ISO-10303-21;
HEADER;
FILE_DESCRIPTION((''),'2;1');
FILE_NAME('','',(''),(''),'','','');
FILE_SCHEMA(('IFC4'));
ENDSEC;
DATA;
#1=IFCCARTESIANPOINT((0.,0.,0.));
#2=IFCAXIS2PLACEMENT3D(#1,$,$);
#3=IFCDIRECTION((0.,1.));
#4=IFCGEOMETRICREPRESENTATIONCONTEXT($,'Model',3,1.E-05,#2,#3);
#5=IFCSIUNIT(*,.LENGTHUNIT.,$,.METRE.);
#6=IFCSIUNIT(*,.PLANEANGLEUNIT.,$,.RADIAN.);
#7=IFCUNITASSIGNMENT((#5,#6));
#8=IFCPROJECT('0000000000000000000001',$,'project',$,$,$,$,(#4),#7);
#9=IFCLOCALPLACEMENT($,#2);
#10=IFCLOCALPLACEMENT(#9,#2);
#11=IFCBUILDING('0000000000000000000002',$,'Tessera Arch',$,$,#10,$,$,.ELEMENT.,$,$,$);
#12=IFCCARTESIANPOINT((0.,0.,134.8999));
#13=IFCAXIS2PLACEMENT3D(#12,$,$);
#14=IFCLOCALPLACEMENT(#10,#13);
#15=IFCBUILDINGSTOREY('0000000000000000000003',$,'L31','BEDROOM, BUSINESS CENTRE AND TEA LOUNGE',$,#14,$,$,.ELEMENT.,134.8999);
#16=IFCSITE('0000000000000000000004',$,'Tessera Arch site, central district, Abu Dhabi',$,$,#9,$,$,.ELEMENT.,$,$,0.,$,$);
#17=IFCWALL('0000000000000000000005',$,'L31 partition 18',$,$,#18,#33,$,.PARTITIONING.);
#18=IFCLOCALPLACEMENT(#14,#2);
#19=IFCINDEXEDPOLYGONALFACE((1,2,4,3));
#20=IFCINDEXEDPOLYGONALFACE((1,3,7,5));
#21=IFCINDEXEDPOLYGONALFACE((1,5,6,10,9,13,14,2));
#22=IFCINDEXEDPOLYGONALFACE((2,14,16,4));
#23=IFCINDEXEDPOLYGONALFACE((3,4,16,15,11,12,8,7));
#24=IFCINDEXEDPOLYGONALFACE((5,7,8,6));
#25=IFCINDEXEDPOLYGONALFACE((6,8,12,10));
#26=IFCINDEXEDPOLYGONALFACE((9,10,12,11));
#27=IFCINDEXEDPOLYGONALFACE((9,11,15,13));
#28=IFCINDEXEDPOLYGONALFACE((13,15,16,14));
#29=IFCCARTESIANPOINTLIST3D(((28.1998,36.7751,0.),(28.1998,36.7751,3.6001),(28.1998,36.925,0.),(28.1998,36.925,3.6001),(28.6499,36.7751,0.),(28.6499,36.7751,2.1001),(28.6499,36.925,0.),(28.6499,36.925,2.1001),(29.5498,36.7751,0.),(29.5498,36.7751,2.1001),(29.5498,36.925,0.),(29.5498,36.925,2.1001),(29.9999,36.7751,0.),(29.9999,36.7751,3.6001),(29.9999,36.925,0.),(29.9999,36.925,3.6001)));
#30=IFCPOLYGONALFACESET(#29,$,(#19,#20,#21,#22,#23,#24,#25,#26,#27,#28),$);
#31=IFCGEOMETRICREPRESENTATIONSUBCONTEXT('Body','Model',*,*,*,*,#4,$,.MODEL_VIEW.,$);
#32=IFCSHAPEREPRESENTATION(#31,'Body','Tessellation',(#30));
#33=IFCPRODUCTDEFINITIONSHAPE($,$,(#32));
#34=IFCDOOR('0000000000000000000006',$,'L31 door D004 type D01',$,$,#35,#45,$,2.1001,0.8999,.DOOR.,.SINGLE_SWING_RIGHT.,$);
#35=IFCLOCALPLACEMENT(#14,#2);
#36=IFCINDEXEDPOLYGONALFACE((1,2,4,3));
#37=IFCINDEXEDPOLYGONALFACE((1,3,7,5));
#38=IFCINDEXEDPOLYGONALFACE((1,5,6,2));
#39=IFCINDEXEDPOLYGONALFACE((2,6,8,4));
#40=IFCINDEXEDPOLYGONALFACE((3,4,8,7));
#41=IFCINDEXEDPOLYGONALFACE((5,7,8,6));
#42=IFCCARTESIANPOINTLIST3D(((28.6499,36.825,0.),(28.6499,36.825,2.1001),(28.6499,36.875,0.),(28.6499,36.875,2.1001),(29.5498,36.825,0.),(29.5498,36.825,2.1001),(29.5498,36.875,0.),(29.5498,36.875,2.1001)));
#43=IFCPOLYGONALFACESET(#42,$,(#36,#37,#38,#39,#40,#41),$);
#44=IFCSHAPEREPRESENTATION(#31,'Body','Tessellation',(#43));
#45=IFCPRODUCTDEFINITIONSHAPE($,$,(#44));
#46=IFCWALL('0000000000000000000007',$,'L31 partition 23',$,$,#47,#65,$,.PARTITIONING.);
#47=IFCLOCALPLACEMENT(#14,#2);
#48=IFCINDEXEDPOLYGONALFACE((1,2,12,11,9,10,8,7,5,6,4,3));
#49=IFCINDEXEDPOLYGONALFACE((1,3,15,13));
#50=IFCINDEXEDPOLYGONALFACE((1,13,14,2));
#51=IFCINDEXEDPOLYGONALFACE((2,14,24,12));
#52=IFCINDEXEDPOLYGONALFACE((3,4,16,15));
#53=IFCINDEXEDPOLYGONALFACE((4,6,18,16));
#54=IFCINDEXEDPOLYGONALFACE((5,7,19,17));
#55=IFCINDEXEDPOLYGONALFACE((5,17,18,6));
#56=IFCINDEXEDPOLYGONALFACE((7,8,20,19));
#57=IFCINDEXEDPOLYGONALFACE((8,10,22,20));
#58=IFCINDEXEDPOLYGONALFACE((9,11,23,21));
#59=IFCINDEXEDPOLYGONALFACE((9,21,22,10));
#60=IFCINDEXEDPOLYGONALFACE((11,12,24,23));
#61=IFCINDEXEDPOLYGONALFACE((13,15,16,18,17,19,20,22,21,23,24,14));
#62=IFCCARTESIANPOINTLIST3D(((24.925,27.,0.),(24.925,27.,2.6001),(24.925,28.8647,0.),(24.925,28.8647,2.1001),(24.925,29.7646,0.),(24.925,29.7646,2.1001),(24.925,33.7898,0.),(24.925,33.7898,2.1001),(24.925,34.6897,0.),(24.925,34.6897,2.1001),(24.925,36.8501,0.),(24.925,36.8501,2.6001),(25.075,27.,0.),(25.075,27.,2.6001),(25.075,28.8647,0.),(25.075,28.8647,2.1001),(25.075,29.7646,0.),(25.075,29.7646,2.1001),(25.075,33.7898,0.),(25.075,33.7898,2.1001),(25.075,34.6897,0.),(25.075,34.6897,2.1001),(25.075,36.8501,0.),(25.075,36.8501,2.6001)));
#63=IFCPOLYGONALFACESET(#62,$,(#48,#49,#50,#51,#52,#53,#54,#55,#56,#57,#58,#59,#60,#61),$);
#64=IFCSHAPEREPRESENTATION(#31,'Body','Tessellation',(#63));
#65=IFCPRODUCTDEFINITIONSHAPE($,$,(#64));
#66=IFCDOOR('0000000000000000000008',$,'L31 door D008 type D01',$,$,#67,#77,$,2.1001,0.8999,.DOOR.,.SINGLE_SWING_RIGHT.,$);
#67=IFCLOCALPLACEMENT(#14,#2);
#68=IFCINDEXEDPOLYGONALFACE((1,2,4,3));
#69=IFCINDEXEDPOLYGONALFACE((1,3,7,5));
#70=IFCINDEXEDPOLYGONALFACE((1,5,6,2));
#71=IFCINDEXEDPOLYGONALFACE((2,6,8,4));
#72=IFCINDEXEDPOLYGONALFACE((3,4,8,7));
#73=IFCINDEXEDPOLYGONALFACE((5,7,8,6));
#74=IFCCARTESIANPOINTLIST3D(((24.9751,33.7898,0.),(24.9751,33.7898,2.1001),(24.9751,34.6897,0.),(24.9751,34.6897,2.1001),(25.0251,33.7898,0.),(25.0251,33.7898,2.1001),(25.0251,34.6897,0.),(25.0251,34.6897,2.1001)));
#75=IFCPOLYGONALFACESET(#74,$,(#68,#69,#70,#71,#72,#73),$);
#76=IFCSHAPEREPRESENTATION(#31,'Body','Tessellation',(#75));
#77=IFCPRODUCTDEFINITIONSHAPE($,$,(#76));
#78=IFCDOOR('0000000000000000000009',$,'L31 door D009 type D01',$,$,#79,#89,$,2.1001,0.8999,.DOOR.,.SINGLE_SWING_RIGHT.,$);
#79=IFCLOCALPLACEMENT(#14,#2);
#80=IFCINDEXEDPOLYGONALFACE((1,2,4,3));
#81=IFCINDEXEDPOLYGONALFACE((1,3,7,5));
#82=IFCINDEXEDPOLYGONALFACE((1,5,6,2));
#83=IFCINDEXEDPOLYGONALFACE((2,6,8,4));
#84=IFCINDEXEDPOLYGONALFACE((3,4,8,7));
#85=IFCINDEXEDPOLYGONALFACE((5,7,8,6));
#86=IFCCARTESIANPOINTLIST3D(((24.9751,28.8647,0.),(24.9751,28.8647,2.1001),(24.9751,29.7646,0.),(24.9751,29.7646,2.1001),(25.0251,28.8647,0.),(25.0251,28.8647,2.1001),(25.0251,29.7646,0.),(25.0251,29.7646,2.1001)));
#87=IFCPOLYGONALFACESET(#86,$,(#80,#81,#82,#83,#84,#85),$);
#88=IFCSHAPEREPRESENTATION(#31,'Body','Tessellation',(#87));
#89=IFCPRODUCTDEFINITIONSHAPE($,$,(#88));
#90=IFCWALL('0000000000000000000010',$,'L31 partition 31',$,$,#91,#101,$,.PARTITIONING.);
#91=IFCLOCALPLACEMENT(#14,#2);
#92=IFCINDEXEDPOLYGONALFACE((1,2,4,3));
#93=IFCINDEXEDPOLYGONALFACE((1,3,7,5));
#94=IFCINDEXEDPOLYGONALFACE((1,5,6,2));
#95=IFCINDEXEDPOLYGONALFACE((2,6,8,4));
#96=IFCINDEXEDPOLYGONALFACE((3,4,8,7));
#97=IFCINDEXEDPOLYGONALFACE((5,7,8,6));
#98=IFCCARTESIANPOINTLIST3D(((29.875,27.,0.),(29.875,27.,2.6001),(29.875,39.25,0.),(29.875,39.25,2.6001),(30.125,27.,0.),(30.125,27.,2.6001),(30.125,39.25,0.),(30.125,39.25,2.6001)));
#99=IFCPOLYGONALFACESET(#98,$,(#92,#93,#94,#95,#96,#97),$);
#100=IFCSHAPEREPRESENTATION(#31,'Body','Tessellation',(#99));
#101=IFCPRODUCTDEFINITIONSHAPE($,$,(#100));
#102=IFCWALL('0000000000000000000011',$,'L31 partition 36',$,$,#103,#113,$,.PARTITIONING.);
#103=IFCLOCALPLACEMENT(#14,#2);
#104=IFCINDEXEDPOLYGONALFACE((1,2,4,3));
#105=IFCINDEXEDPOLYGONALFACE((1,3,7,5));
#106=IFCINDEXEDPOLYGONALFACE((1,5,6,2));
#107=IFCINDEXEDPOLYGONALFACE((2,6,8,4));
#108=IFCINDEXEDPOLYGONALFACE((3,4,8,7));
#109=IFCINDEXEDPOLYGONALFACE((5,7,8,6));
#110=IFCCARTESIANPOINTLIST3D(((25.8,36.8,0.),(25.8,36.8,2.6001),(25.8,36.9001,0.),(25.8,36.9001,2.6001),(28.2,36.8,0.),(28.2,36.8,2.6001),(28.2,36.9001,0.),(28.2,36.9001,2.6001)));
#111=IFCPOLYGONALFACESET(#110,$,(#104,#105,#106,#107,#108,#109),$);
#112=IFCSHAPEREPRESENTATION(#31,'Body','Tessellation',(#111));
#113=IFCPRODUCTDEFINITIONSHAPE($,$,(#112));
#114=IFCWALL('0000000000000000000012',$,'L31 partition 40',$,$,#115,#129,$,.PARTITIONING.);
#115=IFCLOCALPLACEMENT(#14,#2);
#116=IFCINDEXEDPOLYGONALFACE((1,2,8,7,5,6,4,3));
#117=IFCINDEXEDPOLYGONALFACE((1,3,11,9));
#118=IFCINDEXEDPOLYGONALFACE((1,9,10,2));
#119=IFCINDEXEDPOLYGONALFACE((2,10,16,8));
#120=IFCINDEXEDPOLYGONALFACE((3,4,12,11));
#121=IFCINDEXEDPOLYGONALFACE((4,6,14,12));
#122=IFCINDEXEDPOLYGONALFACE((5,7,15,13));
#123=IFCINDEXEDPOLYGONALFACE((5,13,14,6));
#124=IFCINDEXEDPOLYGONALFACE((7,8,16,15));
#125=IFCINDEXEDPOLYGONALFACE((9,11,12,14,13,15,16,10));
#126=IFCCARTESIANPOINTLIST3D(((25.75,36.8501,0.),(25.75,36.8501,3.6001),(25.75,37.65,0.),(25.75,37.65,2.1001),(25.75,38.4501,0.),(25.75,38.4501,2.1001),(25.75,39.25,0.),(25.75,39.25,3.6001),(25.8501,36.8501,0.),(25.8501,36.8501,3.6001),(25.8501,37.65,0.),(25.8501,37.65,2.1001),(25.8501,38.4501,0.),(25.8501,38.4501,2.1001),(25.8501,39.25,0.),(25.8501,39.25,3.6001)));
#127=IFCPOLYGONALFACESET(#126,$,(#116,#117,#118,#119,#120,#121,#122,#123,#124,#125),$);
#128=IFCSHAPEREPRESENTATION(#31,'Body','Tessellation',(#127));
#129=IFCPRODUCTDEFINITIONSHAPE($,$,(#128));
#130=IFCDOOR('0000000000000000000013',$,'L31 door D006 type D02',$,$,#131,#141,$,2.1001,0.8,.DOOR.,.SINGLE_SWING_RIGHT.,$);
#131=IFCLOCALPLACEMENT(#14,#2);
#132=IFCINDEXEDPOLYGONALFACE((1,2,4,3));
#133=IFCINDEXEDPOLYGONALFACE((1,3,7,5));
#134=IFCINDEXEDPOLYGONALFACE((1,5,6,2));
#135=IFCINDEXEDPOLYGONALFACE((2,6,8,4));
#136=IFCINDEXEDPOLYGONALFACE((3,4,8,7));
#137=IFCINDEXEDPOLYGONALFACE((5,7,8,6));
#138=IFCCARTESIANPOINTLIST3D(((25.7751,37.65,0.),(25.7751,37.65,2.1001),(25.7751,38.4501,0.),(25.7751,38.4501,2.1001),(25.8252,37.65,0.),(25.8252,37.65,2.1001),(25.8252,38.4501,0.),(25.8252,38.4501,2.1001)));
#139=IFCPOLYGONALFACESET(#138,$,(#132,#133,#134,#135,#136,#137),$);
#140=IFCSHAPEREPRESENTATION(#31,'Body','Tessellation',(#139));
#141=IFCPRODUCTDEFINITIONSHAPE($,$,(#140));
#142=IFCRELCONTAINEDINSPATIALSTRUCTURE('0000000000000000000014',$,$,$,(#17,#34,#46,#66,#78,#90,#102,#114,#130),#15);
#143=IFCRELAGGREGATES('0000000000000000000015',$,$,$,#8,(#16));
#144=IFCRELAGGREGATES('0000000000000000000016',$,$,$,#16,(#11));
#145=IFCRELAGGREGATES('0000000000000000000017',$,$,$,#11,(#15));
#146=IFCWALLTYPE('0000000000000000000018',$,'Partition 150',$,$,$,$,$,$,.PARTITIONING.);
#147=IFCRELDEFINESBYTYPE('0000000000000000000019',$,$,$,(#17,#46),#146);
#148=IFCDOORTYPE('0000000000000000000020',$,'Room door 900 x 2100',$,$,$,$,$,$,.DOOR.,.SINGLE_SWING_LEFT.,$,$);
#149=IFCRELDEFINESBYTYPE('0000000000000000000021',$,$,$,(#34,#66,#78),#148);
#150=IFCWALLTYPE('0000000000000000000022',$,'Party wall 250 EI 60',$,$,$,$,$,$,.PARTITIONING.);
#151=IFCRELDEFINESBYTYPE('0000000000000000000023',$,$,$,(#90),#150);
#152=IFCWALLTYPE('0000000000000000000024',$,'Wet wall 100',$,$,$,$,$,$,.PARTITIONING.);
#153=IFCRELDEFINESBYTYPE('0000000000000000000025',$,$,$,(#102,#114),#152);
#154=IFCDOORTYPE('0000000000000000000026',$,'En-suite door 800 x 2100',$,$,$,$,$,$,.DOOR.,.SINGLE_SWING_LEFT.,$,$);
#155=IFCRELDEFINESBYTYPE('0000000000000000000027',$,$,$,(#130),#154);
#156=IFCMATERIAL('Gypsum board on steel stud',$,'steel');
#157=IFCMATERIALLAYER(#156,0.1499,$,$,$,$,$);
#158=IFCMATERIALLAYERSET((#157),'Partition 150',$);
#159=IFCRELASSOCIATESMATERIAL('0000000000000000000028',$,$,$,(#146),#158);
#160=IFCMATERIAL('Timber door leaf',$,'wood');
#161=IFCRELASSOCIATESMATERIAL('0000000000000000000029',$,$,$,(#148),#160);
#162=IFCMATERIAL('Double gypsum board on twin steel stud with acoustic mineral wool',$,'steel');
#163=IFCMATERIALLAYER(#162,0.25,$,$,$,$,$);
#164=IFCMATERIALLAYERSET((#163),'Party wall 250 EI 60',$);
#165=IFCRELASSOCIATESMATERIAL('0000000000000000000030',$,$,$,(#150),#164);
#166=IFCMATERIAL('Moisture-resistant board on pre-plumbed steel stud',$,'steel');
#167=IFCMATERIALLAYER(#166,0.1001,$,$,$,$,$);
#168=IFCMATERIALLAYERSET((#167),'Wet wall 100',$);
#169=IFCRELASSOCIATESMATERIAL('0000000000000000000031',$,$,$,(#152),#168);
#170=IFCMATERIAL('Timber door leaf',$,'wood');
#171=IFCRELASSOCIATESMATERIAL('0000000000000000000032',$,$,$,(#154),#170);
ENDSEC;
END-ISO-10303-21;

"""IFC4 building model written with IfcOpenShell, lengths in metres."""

from ifc_helpers import new_model, si_unit, direction, frame, frame_2d, origin, place, context, subcontext, project, spatial, rectangle, extrude, material, layer, layer_set, type_object, element, fill, save


model = new_model("IFC4")

# Units and contexts
model_context = context("Model", 3, precision=1e-05, world=origin(), true_north=direction((0.0, 1.0)))
body_context = subcontext(model_context, "Body", "Model", "MODEL_VIEW")
ifc_project = project(units=[si_unit("LENGTHUNIT", "METRE"), si_unit("PLANEANGLEUNIT", "RADIAN")], contexts=[model_context])

# Site, building, storey
site_placement = place(None, origin())
site = spatial("IfcSite", under=ifc_project, at=site_placement, Name="Tessera Arch site, central district, Abu Dhabi", CompositionType="ELEMENT", RefElevation=0.0)
building_placement = place(site_placement, origin())
building = spatial("IfcBuilding", under=site, at=building_placement, Name="Tessera Arch", CompositionType="ELEMENT")
storey_placement = place(building_placement, frame((0.0, 0.0, 134.8999)))
storey = spatial("IfcBuildingStorey", under=building, at=storey_placement, Name="L31", Description="BEDROOM, BUSINESS CENTRE AND TEA LOUNGE", CompositionType="ELEMENT", Elevation=134.8999)

# Wall, opening, door
ifc_material_1 = material(Name="Gypsum board on steel stud", Category="steel")
ifc_layer_1 = layer(ifc_material_1, 0.1499)
ifc_layer_set_1 = layer_set([ifc_layer_1], Name="Partition 150")
wall_type_1 = type_object("IfcWallType", Name="Partition 150", PredefinedType="PARTITIONING", material=ifc_layer_set_1)
wall_1_placement = place(storey_placement, frame((28.2, 36.8501, 0.0), z_axis=(0.0, 0.0, 1.0), x_axis=(1.0, 0.0, 0.0)))
wall_1 = element("IfcWall", 1, at=wall_1_placement, inside=storey, type_object=wall_type_1, Name="L31 partition 18", PredefinedType="PARTITIONING", context=body_context, shape_type="SweptSolid", body=[
    extrude(rectangle(XDim=1.8, YDim=0.1499, at=frame_2d((0.8999, 0.0))), origin(), (0.0, 0.0, 1.0), 3.6001),
])
opening_1_placement = place(wall_1_placement, frame((0.45, 0.0, 0.0)))
opening_1 = element("IfcOpeningElement", 2, at=opening_1_placement, cuts=wall_1, PredefinedType="OPENING", context=body_context, shape_type="SweptSolid", body=[
    extrude(rectangle(XDim=0.8999, YDim=2.1001, at=frame_2d((0.45, 1.05))), frame((0.0, 0.085, 0.0), z_axis=(0.0, -1.0, 0.0), x_axis=(1.0, 0.0, 0.0)), (0.0, 0.0, 1.0), 0.1699),
])
ifc_material_2 = material(Name="Timber door leaf", Category="wood")
door_type_1 = type_object("IfcDoorType", Name="Room door 900 x 2100", OperationType="SINGLE_SWING_LEFT", PredefinedType="DOOR", material=ifc_material_2)
door_1_placement = place(opening_1_placement, origin())
door_1 = element("IfcDoor", 3, at=door_1_placement, inside=storey, type_object=door_type_1, Name="L31 door D004 type D01", OperationType="SINGLE_SWING_RIGHT", OverallHeight=2.1001, OverallWidth=0.8999, PredefinedType="DOOR", context=body_context, shape_type="SweptSolid", body=[
    extrude(rectangle(XDim=0.8999, YDim=2.1001, at=frame_2d((0.45, 1.05))), frame((0.0, 0.0249, 0.0), z_axis=(0.0, -1.0, 0.0), x_axis=(1.0, 0.0, 0.0)), (0.0, 0.0, 1.0), 0.05),
])
fill(opening_1, door_1)

# Wall, openings, doors
wall_2_placement = place(storey_placement, frame((25.0, 27.0, 0.0), z_axis=(0.0, 0.0, 1.0), x_axis=(0.0, 1.0, 0.0)))
wall_2 = element("IfcWall", 4, at=wall_2_placement, inside=storey, type_object=wall_type_1, Name="L31 partition 23", PredefinedType="PARTITIONING", context=body_context, shape_type="SweptSolid", body=[
    extrude(rectangle(XDim=9.8501, YDim=0.1499, at=frame_2d((4.925, 0.0))), origin(), (0.0, 0.0, 1.0), 2.6001),
])
opening_2_placement = place(wall_2_placement, frame((6.7898, 0.0, 0.0)))
opening_2 = element("IfcOpeningElement", 5, at=opening_2_placement, cuts=wall_2, PredefinedType="OPENING", context=body_context, shape_type="SweptSolid", body=[
    extrude(rectangle(XDim=0.8999, YDim=2.1001, at=frame_2d((0.45, 1.05))), frame((0.0, 0.085, 0.0), z_axis=(0.0, -1.0, 0.0), x_axis=(1.0, 0.0, 0.0)), (0.0, 0.0, 1.0), 0.1699),
])
opening_3_placement = place(wall_2_placement, frame((1.8647, 0.0, 0.0)))
opening_3 = element("IfcOpeningElement", 6, at=opening_3_placement, cuts=wall_2, PredefinedType="OPENING", context=body_context, shape_type="SweptSolid", body=[
    extrude(rectangle(XDim=0.8999, YDim=2.1001, at=frame_2d((0.45, 1.05))), frame((0.0, 0.085, 0.0), z_axis=(0.0, -1.0, 0.0), x_axis=(1.0, 0.0, 0.0)), (0.0, 0.0, 1.0), 0.1699),
])
door_2_placement = place(opening_2_placement, origin())
door_2 = element("IfcDoor", 7, at=door_2_placement, inside=storey, type_object=door_type_1, Name="L31 door D008 type D01", OperationType="SINGLE_SWING_RIGHT", OverallHeight=2.1001, OverallWidth=0.8999, PredefinedType="DOOR", context=body_context, shape_type="SweptSolid", body=[
    extrude(rectangle(XDim=0.8999, YDim=2.1001, at=frame_2d((0.45, 1.05))), frame((0.0, 0.0249, 0.0), z_axis=(0.0, -1.0, 0.0), x_axis=(1.0, 0.0, 0.0)), (0.0, 0.0, 1.0), 0.05),
])
fill(opening_2, door_2)
door_3_placement = place(opening_3_placement, origin())
door_3 = element("IfcDoor", 8, at=door_3_placement, inside=storey, type_object=door_type_1, Name="L31 door D009 type D01", OperationType="SINGLE_SWING_RIGHT", OverallHeight=2.1001, OverallWidth=0.8999, PredefinedType="DOOR", context=body_context, shape_type="SweptSolid", body=[
    extrude(rectangle(XDim=0.8999, YDim=2.1001, at=frame_2d((0.45, 1.05))), frame((0.0, 0.0249, 0.0), z_axis=(0.0, -1.0, 0.0), x_axis=(1.0, 0.0, 0.0)), (0.0, 0.0, 1.0), 0.05),
])
fill(opening_3, door_3)

# Walls
ifc_material_3 = material(Name="Double gypsum board on twin steel stud with acoustic mineral wool", Category="steel")
ifc_layer_2 = layer(ifc_material_3, 0.25)
ifc_layer_set_2 = layer_set([ifc_layer_2], Name="Party wall 250 EI 60")
wall_type_2 = type_object("IfcWallType", Name="Party wall 250 EI 60", PredefinedType="PARTITIONING", material=ifc_layer_set_2)
wall_3_placement = place(storey_placement, frame((30.0, 27.0, 0.0), z_axis=(0.0, 0.0, 1.0), x_axis=(0.0, 1.0, 0.0)))
element("IfcWall", 9, at=wall_3_placement, inside=storey, type_object=wall_type_2, Name="L31 partition 31", PredefinedType="PARTITIONING", context=body_context, shape_type="SweptSolid", body=[
    extrude(rectangle(XDim=12.25, YDim=0.25, at=frame_2d((6.125, 0.0))), origin(), (0.0, 0.0, 1.0), 2.6001),
])
ifc_material_4 = material(Name="Moisture-resistant board on pre-plumbed steel stud", Category="steel")
ifc_layer_3 = layer(ifc_material_4, 0.1001)
ifc_layer_set_3 = layer_set([ifc_layer_3], Name="Wet wall 100")
wall_type_3 = type_object("IfcWallType", Name="Wet wall 100", PredefinedType="PARTITIONING", material=ifc_layer_set_3)
wall_4_placement = place(storey_placement, frame((25.8, 36.8501, 0.0), z_axis=(0.0, 0.0, 1.0), x_axis=(1.0, 0.0, 0.0)))
element("IfcWall", 10, at=wall_4_placement, inside=storey, type_object=wall_type_3, Name="L31 partition 36", PredefinedType="PARTITIONING", context=body_context, shape_type="SweptSolid", body=[
    extrude(rectangle(XDim=2.3999, YDim=0.1001, at=frame_2d((1.2, 0.0))), origin(), (0.0, 0.0, 1.0), 2.6001),
])

# Wall, opening, door
wall_5_placement = place(storey_placement, frame((25.8, 36.8501, 0.0), z_axis=(0.0, 0.0, 1.0), x_axis=(0.0, 1.0, 0.0)))
wall_5 = element("IfcWall", 11, at=wall_5_placement, inside=storey, type_object=wall_type_3, Name="L31 partition 40", PredefinedType="PARTITIONING", context=body_context, shape_type="SweptSolid", body=[
    extrude(rectangle(XDim=2.3999, YDim=0.1001, at=frame_2d((1.2, 0.0))), origin(), (0.0, 0.0, 1.0), 3.6001),
])
opening_4_placement = place(wall_5_placement, frame((0.8, 0.0, 0.0)))
opening_4 = element("IfcOpeningElement", 12, at=opening_4_placement, cuts=wall_5, PredefinedType="OPENING", context=body_context, shape_type="SweptSolid", body=[
    extrude(rectangle(XDim=0.8, YDim=2.1001, at=frame_2d((0.3999, 1.05))), frame((0.0, 0.0601, 0.0), z_axis=(0.0, -1.0, 0.0), x_axis=(1.0, 0.0, 0.0)), (0.0, 0.0, 1.0), 0.1201),
])
ifc_material_5 = material(Name="Timber door leaf", Category="wood")
door_type_2 = type_object("IfcDoorType", Name="En-suite door 800 x 2100", OperationType="SINGLE_SWING_LEFT", PredefinedType="DOOR", material=ifc_material_5)
door_4_placement = place(opening_4_placement, origin())
door_4 = element("IfcDoor", 13, at=door_4_placement, inside=storey, type_object=door_type_2, Name="L31 door D006 type D02", OperationType="SINGLE_SWING_RIGHT", OverallHeight=2.1001, OverallWidth=0.8, PredefinedType="DOOR", context=body_context, shape_type="SweptSolid", body=[
    extrude(rectangle(XDim=0.8, YDim=2.1001, at=frame_2d((0.3999, 1.05))), frame((0.0, 0.0249, 0.0), z_axis=(0.0, -1.0, 0.0), x_axis=(1.0, 0.0, 0.0)), (0.0, 0.0, 1.0), 0.05),
])
fill(opening_4, door_4)

save(model, "model.ifc")
